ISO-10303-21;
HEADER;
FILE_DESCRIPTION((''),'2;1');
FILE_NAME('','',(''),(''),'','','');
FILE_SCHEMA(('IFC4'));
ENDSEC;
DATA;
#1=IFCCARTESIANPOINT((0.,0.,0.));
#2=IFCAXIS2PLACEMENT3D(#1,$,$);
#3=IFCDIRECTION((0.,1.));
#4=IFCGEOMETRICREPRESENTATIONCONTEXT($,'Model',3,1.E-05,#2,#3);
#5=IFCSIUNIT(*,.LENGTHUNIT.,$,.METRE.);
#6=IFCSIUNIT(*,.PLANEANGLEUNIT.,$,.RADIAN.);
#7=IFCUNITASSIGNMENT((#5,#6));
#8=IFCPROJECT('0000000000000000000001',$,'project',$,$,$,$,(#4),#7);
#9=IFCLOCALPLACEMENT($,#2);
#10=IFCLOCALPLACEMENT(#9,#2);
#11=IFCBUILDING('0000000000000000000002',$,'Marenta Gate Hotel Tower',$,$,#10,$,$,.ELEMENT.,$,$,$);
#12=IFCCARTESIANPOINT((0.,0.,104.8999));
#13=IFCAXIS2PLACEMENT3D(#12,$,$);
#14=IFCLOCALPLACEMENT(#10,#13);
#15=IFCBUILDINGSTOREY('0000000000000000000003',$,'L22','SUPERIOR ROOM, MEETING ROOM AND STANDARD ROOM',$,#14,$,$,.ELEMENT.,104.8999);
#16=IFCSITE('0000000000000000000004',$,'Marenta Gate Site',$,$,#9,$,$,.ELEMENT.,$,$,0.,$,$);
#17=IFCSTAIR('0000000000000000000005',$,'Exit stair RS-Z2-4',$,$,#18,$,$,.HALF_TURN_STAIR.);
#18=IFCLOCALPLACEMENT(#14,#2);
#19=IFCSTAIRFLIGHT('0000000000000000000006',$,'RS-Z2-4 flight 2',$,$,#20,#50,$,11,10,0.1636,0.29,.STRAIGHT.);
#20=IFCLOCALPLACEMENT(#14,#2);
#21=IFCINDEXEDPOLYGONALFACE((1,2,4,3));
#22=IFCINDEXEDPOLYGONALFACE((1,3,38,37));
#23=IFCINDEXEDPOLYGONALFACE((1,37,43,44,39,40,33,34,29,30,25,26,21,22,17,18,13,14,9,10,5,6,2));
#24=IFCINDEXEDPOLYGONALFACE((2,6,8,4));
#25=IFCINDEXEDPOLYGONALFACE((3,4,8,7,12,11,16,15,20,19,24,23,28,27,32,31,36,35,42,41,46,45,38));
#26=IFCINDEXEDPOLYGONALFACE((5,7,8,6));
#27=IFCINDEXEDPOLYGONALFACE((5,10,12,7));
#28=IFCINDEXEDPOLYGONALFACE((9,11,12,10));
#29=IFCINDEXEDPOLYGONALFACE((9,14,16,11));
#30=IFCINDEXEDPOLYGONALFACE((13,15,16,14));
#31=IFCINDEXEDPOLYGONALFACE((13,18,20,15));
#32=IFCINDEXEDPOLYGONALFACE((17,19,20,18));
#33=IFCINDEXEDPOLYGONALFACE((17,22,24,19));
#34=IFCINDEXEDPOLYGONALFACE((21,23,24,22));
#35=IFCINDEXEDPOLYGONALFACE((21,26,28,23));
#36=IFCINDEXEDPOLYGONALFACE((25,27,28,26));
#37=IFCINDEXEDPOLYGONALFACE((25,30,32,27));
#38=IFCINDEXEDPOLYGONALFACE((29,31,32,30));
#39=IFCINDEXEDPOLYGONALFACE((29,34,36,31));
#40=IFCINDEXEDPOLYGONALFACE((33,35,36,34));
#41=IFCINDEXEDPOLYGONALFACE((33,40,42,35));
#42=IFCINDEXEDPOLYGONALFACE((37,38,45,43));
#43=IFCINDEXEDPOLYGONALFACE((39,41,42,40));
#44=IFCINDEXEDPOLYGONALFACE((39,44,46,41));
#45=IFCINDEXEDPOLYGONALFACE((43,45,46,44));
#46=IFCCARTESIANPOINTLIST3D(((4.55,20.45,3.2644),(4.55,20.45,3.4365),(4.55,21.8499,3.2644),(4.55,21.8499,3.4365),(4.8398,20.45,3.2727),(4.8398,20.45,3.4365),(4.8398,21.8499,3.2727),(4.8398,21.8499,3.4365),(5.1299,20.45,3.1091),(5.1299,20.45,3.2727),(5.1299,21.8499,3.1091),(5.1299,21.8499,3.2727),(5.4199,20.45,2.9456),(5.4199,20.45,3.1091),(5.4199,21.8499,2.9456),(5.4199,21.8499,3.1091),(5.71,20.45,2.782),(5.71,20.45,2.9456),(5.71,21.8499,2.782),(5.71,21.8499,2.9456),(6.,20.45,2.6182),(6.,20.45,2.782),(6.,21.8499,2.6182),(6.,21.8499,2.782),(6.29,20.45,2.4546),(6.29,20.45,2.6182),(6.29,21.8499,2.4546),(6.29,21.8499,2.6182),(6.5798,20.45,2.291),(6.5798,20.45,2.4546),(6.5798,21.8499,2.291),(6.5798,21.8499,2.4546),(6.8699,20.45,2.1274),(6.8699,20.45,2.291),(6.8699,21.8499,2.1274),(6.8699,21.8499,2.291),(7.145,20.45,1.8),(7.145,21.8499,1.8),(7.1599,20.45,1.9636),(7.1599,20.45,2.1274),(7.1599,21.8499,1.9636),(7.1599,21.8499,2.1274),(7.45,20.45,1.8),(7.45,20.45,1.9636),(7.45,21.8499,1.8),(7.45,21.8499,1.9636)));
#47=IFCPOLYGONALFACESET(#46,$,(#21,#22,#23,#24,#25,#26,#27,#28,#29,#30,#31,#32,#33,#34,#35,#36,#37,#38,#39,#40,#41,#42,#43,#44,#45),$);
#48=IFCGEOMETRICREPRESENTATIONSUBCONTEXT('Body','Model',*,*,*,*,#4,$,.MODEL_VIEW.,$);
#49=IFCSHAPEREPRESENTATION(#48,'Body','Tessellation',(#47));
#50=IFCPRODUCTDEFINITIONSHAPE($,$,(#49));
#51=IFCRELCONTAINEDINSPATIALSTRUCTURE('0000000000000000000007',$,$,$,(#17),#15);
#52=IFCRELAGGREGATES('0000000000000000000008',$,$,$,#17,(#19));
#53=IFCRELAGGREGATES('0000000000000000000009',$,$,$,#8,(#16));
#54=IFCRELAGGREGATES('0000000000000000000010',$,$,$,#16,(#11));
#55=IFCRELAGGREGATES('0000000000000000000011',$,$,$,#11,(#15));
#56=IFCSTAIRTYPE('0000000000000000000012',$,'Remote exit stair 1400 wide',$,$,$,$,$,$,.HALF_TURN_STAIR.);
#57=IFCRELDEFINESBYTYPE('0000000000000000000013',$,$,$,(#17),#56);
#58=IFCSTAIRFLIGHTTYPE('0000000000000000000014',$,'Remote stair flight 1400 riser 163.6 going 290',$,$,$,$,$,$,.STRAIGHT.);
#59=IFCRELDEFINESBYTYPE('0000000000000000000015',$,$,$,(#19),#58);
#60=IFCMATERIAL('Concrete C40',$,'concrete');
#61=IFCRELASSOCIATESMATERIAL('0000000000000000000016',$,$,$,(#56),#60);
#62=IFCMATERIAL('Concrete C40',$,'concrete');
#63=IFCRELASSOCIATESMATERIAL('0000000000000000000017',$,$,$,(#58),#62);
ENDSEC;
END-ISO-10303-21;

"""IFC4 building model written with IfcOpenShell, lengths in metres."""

from ifc_helpers import new_model, si_unit, direction, frame, origin, place, context, subcontext, project, spatial, polyline, outline, extrude, material, type_object, element, aggregate, save


model = new_model("IFC4")

# Units and contexts
model_context = context("Model", 3, precision=1e-05, world=origin(), true_north=direction((0.0, 1.0)))
body_context = subcontext(model_context, "Body", "Model", "MODEL_VIEW")
ifc_project = project(units=[si_unit("LENGTHUNIT", "METRE"), si_unit("PLANEANGLEUNIT", "RADIAN")], contexts=[model_context])

# Site, building, storey
site_placement = place(None, origin())
site = spatial("IfcSite", under=ifc_project, at=site_placement, Name="Marenta Gate Site", CompositionType="ELEMENT", RefElevation=0.0)
building_placement = place(site_placement, origin())
building = spatial("IfcBuilding", under=site, at=building_placement, Name="Marenta Gate Hotel Tower", CompositionType="ELEMENT")
storey_placement = place(building_placement, frame((0.0, 0.0, 104.8999)))
storey = spatial("IfcBuildingStorey", under=building, at=storey_placement, Name="L22", Description="SUPERIOR ROOM, MEETING ROOM AND STANDARD ROOM", CompositionType="ELEMENT", Elevation=104.8999)

# Stair, stair flight
ifc_material_1 = material(Name="Concrete C40", Category="concrete")
stair_type = type_object("IfcStairType", Name="Remote exit stair 1400 wide", PredefinedType="HALF_TURN_STAIR", material=ifc_material_1)
stair_placement = place(storey_placement, origin())
stair = element("IfcStair", 1, at=stair_placement, inside=storey, type_object=stair_type, Name="Exit stair RS-Z2-4", PredefinedType="HALF_TURN_STAIR")
ifc_material_2 = material(Name="Concrete C40", Category="concrete")
stair_flight_type = type_object("IfcStairFlightType", Name="Remote stair flight 1400 riser 163.6 going 290", PredefinedType="STRAIGHT", material=ifc_material_2)
stair_flight_placement = place(storey_placement, frame((7.45, 21.1499, 1.8), z_axis=(0.0, 0.0, 1.0), x_axis=(-1.0, 0.0, 0.0)))
stair_flight = element("IfcStairFlight", 2, at=stair_flight_placement, type_object=stair_flight_type, Name="RS-Z2-4 flight 2", NumberOfRisers=11, NumberOfTreads=10, PredefinedType="STRAIGHT", RiserHeight=0.1636, TreadLength=0.29, context=body_context, shape_type="SweptSolid", body=[
    extrude(outline(polyline([(0.0, 0.0), (0.0, 0.1636), (0.29, 0.1636), (0.29, 0.3274), (0.5801, 0.3274), (0.5801, 0.491), (0.8701, 0.491), (0.8701, 0.6545), (1.1599, 0.6545), (1.1599, 0.8181), (1.45, 0.8181), (1.45, 0.9819), (1.74, 0.9819), (1.74, 1.1455), (2.03, 1.1455), (2.03, 1.3091), (2.3201, 1.3091), (2.3201, 1.4727), (2.6101, 1.4727), (2.6101, 1.6365), (2.8999, 1.6365), (2.8999, 1.8), (2.8999, 1.4644), (0.3049, 0.0), (0.0, 0.0)])), frame((0.0, 0.7, 0.0), z_axis=(0.0, -1.0, 0.0), x_axis=(1.0, 0.0, 0.0)), (0.0, 0.0, 1.0), 1.3999),
])
aggregate(stair, [stair_flight])

save(model, "model.ifc")
